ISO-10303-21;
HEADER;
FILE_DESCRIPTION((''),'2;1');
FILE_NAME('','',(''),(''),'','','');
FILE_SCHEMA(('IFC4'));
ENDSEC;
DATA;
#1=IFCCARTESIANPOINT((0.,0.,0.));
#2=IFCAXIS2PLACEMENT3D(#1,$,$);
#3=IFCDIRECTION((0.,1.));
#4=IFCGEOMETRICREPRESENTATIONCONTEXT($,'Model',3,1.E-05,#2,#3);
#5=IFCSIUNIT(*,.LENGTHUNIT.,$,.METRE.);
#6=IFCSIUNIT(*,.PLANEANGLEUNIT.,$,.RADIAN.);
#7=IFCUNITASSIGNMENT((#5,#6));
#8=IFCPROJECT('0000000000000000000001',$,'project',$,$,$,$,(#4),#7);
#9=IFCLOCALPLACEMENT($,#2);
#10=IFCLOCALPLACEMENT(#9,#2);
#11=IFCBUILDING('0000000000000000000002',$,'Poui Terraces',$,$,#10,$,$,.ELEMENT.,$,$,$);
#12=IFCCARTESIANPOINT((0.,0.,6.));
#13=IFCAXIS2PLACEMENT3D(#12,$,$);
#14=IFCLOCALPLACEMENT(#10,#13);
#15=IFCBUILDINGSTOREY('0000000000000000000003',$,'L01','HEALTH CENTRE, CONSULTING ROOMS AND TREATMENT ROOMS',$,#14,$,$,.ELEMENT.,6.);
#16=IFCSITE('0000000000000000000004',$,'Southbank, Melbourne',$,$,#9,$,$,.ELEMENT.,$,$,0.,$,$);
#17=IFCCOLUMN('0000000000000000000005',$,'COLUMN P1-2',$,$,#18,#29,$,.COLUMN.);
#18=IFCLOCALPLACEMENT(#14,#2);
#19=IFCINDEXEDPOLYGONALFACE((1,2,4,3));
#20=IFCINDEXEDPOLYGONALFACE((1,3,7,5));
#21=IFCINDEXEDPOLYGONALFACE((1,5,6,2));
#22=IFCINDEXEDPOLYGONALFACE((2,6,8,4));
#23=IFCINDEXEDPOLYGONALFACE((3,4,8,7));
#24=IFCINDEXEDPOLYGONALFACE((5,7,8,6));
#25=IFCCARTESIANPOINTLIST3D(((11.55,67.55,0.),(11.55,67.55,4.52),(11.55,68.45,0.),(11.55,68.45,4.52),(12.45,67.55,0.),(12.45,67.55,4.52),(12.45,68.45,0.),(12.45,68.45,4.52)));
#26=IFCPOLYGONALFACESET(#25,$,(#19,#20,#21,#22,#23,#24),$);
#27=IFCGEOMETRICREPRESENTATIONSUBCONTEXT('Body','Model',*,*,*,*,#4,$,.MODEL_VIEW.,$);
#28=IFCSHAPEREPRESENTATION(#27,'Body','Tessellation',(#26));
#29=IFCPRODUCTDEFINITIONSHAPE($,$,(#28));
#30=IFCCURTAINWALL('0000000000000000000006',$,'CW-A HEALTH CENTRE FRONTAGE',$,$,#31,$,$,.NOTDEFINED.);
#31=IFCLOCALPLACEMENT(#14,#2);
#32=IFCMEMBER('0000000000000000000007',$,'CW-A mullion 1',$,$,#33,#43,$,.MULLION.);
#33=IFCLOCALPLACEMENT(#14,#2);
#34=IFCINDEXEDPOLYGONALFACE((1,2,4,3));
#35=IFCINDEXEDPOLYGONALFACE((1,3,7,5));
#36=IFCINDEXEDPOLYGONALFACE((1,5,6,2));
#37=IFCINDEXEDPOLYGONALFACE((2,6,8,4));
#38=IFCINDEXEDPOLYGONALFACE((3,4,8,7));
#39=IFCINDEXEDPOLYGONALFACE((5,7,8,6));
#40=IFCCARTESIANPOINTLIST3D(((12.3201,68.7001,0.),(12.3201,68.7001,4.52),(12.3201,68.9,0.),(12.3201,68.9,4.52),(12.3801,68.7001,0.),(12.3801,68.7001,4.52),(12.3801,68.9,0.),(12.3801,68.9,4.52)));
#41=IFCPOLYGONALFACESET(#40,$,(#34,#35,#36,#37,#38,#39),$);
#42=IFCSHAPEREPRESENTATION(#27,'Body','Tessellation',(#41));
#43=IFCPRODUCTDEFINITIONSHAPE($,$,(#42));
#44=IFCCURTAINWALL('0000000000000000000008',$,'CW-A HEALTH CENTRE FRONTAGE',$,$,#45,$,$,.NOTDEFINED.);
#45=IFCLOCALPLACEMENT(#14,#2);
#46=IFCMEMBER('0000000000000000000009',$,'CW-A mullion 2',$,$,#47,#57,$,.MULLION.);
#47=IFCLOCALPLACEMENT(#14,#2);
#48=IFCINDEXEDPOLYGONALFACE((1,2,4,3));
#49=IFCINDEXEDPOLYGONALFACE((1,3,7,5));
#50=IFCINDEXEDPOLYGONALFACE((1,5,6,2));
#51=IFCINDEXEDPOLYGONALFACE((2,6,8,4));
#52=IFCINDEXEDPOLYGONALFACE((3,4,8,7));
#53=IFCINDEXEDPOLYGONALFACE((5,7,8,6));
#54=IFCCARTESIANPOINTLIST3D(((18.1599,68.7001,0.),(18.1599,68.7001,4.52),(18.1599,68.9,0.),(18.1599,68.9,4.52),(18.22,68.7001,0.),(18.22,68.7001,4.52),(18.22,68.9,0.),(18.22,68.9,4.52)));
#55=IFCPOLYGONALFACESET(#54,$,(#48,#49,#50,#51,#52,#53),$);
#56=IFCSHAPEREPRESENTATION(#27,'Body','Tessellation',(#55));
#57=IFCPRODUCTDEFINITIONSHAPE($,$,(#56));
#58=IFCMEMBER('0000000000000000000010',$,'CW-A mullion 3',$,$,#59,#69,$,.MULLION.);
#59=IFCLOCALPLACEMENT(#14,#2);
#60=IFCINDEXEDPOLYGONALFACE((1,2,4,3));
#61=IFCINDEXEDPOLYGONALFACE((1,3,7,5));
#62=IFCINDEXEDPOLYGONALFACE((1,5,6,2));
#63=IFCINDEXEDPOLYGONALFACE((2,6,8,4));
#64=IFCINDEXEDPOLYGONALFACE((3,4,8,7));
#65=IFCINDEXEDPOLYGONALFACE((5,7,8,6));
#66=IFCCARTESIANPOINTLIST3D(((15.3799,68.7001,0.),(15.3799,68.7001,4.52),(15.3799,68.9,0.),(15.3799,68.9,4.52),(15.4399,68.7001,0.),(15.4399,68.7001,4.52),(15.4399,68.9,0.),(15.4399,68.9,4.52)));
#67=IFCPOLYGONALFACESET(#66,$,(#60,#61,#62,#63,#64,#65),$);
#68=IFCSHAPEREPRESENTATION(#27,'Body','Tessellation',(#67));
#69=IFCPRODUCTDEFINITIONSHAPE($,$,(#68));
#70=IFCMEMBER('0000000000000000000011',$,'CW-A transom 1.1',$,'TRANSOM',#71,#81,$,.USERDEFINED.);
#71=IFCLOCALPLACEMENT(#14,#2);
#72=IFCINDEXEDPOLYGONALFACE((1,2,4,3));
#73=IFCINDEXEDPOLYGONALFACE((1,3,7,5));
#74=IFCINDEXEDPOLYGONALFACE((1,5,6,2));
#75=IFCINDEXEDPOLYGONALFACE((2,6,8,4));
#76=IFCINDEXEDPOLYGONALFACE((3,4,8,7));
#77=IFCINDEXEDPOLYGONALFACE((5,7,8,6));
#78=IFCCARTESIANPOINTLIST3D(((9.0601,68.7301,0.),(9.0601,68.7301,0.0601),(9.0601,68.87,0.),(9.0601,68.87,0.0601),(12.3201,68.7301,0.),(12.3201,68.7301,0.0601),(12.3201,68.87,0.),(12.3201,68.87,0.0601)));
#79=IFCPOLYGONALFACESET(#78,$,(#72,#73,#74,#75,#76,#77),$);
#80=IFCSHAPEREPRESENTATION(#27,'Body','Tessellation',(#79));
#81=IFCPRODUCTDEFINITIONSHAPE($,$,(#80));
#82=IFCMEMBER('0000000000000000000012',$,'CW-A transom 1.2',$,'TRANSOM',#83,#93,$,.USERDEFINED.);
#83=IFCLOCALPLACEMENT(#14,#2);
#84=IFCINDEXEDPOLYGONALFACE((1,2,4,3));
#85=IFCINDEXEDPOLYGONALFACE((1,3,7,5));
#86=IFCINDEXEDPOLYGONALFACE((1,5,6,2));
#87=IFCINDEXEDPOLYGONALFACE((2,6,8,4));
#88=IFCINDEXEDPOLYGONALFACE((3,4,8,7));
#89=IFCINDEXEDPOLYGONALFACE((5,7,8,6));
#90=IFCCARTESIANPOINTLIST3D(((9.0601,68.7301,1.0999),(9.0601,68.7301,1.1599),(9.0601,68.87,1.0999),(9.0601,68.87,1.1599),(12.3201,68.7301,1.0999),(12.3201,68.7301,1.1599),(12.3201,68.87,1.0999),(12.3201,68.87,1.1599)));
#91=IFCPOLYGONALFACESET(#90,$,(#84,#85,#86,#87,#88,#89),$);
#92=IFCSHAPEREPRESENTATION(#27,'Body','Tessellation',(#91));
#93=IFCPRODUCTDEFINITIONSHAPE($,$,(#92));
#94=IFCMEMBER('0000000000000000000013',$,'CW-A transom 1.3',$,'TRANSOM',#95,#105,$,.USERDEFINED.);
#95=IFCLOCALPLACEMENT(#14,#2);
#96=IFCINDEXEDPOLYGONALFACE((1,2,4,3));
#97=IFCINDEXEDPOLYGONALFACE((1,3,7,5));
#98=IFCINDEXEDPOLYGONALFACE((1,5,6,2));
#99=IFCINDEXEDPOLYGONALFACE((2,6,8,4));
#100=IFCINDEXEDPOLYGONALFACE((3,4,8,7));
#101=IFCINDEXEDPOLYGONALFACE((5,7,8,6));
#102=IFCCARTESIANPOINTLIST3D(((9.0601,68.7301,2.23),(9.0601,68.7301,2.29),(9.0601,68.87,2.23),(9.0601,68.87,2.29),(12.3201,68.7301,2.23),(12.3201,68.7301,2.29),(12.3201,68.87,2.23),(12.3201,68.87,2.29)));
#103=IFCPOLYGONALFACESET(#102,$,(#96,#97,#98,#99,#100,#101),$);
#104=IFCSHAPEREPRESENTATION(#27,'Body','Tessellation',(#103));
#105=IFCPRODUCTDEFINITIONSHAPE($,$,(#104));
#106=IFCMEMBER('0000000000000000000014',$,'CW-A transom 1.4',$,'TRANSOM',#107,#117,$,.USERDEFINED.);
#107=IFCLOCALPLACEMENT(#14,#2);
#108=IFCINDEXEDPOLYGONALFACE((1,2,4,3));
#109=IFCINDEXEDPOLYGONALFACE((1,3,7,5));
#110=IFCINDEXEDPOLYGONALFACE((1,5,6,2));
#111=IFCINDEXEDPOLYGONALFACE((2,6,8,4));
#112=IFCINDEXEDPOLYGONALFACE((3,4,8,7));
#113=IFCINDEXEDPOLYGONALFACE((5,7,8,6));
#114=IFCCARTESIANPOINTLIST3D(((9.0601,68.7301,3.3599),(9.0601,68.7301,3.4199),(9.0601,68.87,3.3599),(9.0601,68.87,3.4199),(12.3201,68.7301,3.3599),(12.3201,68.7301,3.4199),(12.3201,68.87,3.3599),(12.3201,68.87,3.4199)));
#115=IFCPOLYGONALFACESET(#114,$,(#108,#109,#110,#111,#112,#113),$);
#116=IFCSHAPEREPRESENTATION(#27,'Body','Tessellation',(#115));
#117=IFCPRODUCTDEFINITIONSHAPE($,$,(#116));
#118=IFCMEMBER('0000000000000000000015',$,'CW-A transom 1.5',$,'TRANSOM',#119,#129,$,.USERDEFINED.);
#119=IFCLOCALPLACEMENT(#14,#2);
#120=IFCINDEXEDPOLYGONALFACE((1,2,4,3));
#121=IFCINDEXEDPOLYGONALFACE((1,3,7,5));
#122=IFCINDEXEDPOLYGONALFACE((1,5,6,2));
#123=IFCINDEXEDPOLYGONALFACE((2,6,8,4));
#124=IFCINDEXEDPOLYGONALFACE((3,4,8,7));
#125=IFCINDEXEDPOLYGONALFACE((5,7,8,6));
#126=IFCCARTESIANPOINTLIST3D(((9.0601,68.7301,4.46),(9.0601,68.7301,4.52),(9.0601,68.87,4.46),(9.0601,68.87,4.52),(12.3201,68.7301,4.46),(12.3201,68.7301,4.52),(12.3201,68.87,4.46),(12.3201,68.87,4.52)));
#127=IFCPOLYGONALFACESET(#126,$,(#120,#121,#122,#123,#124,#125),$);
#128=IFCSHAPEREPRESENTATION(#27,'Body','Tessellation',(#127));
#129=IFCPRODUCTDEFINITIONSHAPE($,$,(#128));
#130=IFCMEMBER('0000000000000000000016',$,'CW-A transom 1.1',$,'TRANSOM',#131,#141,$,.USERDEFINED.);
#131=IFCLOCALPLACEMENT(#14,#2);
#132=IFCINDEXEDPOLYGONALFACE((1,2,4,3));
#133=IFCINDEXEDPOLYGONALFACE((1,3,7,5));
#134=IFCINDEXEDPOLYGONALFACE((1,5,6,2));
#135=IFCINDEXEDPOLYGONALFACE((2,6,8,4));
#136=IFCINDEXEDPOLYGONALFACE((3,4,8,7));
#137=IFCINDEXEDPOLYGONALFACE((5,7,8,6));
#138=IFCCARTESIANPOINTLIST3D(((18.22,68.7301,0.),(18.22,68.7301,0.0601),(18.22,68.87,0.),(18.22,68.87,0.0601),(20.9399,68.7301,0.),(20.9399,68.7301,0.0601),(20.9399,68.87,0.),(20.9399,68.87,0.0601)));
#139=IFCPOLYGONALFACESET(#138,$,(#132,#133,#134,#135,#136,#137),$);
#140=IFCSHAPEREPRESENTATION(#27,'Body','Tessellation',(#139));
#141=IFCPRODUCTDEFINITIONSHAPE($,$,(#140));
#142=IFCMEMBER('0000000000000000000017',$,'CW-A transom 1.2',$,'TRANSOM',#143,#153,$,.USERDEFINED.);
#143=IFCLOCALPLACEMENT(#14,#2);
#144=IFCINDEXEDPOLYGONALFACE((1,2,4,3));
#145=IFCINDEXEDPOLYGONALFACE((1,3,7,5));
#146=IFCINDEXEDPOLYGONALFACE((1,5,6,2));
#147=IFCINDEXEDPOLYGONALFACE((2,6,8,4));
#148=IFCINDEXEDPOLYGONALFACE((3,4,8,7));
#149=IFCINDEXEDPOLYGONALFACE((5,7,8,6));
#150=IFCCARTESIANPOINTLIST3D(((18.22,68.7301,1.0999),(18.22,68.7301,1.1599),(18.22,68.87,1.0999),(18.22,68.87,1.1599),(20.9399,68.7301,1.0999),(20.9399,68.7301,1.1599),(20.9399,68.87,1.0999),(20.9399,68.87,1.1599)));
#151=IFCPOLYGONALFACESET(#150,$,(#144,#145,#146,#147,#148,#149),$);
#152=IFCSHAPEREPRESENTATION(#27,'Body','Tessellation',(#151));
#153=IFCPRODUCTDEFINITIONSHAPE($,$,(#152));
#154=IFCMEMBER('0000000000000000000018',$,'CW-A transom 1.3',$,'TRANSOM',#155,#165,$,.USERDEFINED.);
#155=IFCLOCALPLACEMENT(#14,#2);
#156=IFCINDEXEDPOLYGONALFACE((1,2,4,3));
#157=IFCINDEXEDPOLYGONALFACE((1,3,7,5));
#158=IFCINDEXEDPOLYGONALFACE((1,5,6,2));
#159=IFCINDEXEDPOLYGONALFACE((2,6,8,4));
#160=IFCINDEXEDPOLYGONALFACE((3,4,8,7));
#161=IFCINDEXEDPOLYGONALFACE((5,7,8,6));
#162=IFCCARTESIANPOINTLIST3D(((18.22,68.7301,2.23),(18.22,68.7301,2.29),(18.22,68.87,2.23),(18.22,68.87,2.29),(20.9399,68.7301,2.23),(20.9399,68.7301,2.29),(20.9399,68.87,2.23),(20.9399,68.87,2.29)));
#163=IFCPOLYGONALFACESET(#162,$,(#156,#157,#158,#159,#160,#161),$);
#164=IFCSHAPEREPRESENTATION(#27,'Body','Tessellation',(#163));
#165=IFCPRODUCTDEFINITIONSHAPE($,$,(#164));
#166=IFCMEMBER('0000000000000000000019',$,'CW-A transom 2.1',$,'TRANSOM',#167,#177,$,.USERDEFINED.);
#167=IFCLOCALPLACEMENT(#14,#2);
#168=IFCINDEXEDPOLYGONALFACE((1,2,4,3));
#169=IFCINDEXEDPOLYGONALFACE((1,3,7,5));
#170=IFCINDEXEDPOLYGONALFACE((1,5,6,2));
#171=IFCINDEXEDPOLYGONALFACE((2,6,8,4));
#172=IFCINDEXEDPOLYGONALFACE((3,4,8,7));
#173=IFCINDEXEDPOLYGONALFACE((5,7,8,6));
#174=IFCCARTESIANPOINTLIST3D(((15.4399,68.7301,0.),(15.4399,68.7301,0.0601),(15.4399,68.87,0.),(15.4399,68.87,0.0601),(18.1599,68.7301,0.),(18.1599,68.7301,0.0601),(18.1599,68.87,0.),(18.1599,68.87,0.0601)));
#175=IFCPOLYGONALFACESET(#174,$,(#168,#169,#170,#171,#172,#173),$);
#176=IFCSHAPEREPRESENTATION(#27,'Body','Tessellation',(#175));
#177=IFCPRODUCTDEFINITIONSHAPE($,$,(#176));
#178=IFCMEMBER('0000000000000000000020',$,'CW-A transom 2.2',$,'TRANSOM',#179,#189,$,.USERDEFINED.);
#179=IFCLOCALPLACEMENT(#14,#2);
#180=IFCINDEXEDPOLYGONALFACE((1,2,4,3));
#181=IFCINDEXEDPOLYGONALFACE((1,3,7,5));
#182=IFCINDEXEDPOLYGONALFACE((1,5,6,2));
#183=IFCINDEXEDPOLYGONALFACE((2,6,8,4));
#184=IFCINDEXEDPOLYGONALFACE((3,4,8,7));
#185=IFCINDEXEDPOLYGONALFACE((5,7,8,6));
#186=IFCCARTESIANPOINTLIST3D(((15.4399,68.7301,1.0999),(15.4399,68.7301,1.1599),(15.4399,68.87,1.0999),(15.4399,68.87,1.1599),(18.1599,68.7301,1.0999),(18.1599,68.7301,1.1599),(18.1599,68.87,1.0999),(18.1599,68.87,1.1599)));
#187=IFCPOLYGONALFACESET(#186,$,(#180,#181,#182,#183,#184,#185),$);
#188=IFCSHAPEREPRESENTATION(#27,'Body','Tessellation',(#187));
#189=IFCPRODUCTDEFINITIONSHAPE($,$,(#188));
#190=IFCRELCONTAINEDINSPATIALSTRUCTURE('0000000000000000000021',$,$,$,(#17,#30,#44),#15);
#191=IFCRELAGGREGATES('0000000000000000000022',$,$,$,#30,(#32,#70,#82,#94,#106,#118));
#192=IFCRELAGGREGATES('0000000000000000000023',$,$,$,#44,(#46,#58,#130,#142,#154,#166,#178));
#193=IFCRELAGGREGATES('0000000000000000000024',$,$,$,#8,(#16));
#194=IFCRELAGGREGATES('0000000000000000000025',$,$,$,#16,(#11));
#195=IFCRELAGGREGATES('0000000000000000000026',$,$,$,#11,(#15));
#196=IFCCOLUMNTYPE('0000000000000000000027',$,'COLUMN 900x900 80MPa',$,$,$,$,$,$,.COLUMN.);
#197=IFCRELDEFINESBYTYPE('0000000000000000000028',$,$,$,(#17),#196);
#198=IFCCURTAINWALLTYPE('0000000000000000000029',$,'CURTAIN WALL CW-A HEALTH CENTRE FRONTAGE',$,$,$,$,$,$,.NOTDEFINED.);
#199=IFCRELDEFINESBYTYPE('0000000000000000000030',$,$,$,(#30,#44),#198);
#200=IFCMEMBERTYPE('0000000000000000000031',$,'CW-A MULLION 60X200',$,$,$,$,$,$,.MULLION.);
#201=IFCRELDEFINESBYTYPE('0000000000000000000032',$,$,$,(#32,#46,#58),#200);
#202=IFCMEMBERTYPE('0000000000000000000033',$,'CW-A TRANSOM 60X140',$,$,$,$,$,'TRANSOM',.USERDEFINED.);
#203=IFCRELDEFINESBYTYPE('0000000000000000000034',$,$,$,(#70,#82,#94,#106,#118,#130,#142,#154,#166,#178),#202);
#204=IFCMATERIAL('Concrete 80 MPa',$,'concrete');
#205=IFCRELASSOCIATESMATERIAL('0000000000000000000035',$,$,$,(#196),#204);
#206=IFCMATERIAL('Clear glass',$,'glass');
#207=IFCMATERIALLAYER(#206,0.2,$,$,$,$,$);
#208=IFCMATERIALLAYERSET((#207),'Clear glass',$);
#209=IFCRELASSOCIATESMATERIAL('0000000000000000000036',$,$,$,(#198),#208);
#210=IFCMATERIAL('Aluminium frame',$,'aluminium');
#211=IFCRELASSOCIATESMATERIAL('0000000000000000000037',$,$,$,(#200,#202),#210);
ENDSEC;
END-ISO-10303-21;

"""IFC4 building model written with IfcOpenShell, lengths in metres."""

from ifc_helpers import new_model, si_unit, direction, frame, origin, origin_2d, place, context, subcontext, project, spatial, rectangle, extrude, source, transform, mapped, material, layer, layer_set, material_profile, profile_set, type_object, element, aggregate, save


model = new_model("IFC4")

# Units and contexts
model_context = context("Model", 3, precision=1e-05, world=origin(), true_north=direction((0.0, 1.0)))
body_context = subcontext(model_context, "Body", "Model", "MODEL_VIEW")
ifc_project = project(units=[si_unit("LENGTHUNIT", "METRE"), si_unit("PLANEANGLEUNIT", "RADIAN")], contexts=[model_context])

# Site, building, storey
site_placement = place(None, origin())
site = spatial("IfcSite", under=ifc_project, at=site_placement, Name="Southbank, Melbourne", CompositionType="ELEMENT", RefElevation=0.0)
building_placement = place(site_placement, origin())
building = spatial("IfcBuilding", under=site, at=building_placement, Name="Poui Terraces", CompositionType="ELEMENT")
storey_placement = place(building_placement, frame((0.0, 0.0, 6.0)))
storey = spatial("IfcBuildingStorey", under=building, at=storey_placement, Name="L01", Description="HEALTH CENTRE, CONSULTING ROOMS AND TREATMENT ROOMS", CompositionType="ELEMENT", Elevation=6.0)

# Column
ifc_material_1 = material(Name="Concrete 80 MPa", Category="concrete")
ifc_material_profile_1 = material_profile(ifc_material_1, rectangle(XDim=0.8999, YDim=0.8999, at=origin_2d()), Name="RC 900x900")
ifc_profile_set_1 = profile_set([ifc_material_profile_1], Name="Concrete 80 MPa")
column_type = type_object("IfcColumnType", Name="COLUMN 900x900 80MPa", PredefinedType="COLUMN", material=ifc_profile_set_1)
shared_shape_1 = source(origin(), body_context, "Body", "SweptSolid", [
    extrude(rectangle(XDim=0.8999, YDim=0.8999, at=origin_2d()), origin(), (0.0, 0.0, 1.0), 4.52),
])
column_placement = place(storey_placement, frame((12.0, 68.0, 0.0), z_axis=(0.0, 0.0, 1.0), x_axis=(1.0, 0.0, 0.0)))
element("IfcColumn", 1, at=column_placement, inside=storey, type_object=column_type, Name="COLUMN P1-2", PredefinedType="COLUMN", context=body_context, shape_type="MappedRepresentation", body=[
    mapped(shared_shape_1, transform((0.0, 0.0, 0.0))),
])

# Curtain wall, member
ifc_material_2 = material(Name="Clear glass", Category="glass")
ifc_layer_1 = layer(ifc_material_2, 0.2)
ifc_layer_set_1 = layer_set([ifc_layer_1], Name="Clear glass")
curtain_wall_type = type_object("IfcCurtainWallType", Name="CURTAIN WALL CW-A HEALTH CENTRE FRONTAGE", PredefinedType="NOTDEFINED", material=ifc_layer_set_1)
curtain_wall_1_placement = place(storey_placement, origin())
curtain_wall_1 = element("IfcCurtainWall", 2, at=curtain_wall_1_placement, inside=storey, type_object=curtain_wall_type, Name="CW-A HEALTH CENTRE FRONTAGE", PredefinedType="NOTDEFINED")
ifc_material_3 = material(Name="Aluminium frame", Category="aluminium")
ifc_material_profile_2 = material_profile(ifc_material_3, rectangle(XDim=0.2, YDim=0.0601, at=origin_2d()), Name="CW-A MULLION 60X200")
ifc_profile_set_2 = profile_set([ifc_material_profile_2], Name="Aluminium frame")
member_type_1 = type_object("IfcMemberType", Name="CW-A MULLION 60X200", PredefinedType="MULLION", material=ifc_profile_set_2)
member_1_placement = place(storey_placement, frame((12.3501, 68.8, 0.0), z_axis=(0.0, 0.0, 1.0), x_axis=(0.0, -1.0, 0.0)))
member_1 = element("IfcMember", 3, at=member_1_placement, type_object=member_type_1, Name="CW-A mullion 1", PredefinedType="MULLION", context=body_context, shape_type="SweptSolid", body=[
    extrude(rectangle(XDim=0.2, YDim=0.0601, at=origin_2d()), origin(), (0.0, 0.0, 1.0), 4.52),
])

# Curtain wall, members
curtain_wall_2_placement = place(storey_placement, origin())
curtain_wall_2 = element("IfcCurtainWall", 4, at=curtain_wall_2_placement, inside=storey, type_object=curtain_wall_type, Name="CW-A HEALTH CENTRE FRONTAGE", PredefinedType="NOTDEFINED")
member_2_placement = place(storey_placement, frame((18.1899, 68.8, 0.0), z_axis=(0.0, 0.0, 1.0), x_axis=(0.0, -1.0, 0.0)))
member_2 = element("IfcMember", 5, at=member_2_placement, type_object=member_type_1, Name="CW-A mullion 2", PredefinedType="MULLION", context=body_context, shape_type="SweptSolid", body=[
    extrude(rectangle(XDim=0.2, YDim=0.0601, at=origin_2d()), origin(), (0.0, 0.0, 1.0), 4.52),
])
member_3_placement = place(storey_placement, frame((15.4099, 68.8, 0.0), z_axis=(0.0, 0.0, 1.0), x_axis=(0.0, -1.0, 0.0)))
member_3 = element("IfcMember", 6, at=member_3_placement, type_object=member_type_1, Name="CW-A mullion 3", PredefinedType="MULLION", context=body_context, shape_type="SweptSolid", body=[
    extrude(rectangle(XDim=0.2, YDim=0.0601, at=origin_2d()), origin(), (0.0, 0.0, 1.0), 4.52),
])

# Members
ifc_material_profile_3 = material_profile(ifc_material_3, rectangle(XDim=0.1399, YDim=0.0601, at=origin_2d()), Name="CW-A TRANSOM 60X140")
ifc_profile_set_3 = profile_set([ifc_material_profile_3], Name="Aluminium frame")
member_type_2 = type_object("IfcMemberType", Name="CW-A TRANSOM 60X140", ElementType="TRANSOM", PredefinedType="USERDEFINED", material=ifc_profile_set_3)
member_4_placement = place(storey_placement, frame((12.3201, 68.8, 0.03), z_axis=(-1.0, 0.0, 0.0), x_axis=(0.0, -1.0, 0.0)))
member_4 = element("IfcMember", 7, at=member_4_placement, type_object=member_type_2, Name="CW-A transom 1.1", ObjectType="TRANSOM", PredefinedType="USERDEFINED", context=body_context, shape_type="SweptSolid", body=[
    extrude(rectangle(XDim=0.1399, YDim=0.0601, at=origin_2d()), origin(), (0.0, 0.0, 1.0), 3.26),
])
member_5_placement = place(storey_placement, frame((12.3201, 68.8, 1.1299), z_axis=(-1.0, 0.0, 0.0), x_axis=(0.0, -1.0, 0.0)))
member_5 = element("IfcMember", 8, at=member_5_placement, type_object=member_type_2, Name="CW-A transom 1.2", ObjectType="TRANSOM", PredefinedType="USERDEFINED", context=body_context, shape_type="SweptSolid", body=[
    extrude(rectangle(XDim=0.1399, YDim=0.0601, at=origin_2d()), origin(), (0.0, 0.0, 1.0), 3.26),
])
member_6_placement = place(storey_placement, frame((12.3201, 68.8, 2.26), z_axis=(-1.0, 0.0, 0.0), x_axis=(0.0, -1.0, 0.0)))
member_6 = element("IfcMember", 9, at=member_6_placement, type_object=member_type_2, Name="CW-A transom 1.3", ObjectType="TRANSOM", PredefinedType="USERDEFINED", context=body_context, shape_type="SweptSolid", body=[
    extrude(rectangle(XDim=0.1399, YDim=0.0601, at=origin_2d()), origin(), (0.0, 0.0, 1.0), 3.26),
])
member_7_placement = place(storey_placement, frame((12.3201, 68.8, 3.3899), z_axis=(-1.0, 0.0, 0.0), x_axis=(0.0, -1.0, 0.0)))
member_7 = element("IfcMember", 10, at=member_7_placement, type_object=member_type_2, Name="CW-A transom 1.4", ObjectType="TRANSOM", PredefinedType="USERDEFINED", context=body_context, shape_type="SweptSolid", body=[
    extrude(rectangle(XDim=0.1399, YDim=0.0601, at=origin_2d()), origin(), (0.0, 0.0, 1.0), 3.26),
])
member_8_placement = place(storey_placement, frame((12.3201, 68.8, 4.49), z_axis=(-1.0, 0.0, 0.0), x_axis=(0.0, -1.0, 0.0)))
member_8 = element("IfcMember", 11, at=member_8_placement, type_object=member_type_2, Name="CW-A transom 1.5", ObjectType="TRANSOM", PredefinedType="USERDEFINED", context=body_context, shape_type="SweptSolid", body=[
    extrude(rectangle(XDim=0.1399, YDim=0.0601, at=origin_2d()), origin(), (0.0, 0.0, 1.0), 3.26),
])
member_9_placement = place(storey_placement, frame((20.9399, 68.8, 0.03), z_axis=(-1.0, 0.0, 0.0), x_axis=(0.0, -1.0, 0.0)))
member_9 = element("IfcMember", 12, at=member_9_placement, type_object=member_type_2, Name="CW-A transom 1.1", ObjectType="TRANSOM", PredefinedType="USERDEFINED", context=body_context, shape_type="SweptSolid", body=[
    extrude(rectangle(XDim=0.1399, YDim=0.0601, at=origin_2d()), origin(), (0.0, 0.0, 1.0), 2.72),
])
member_10_placement = place(storey_placement, frame((20.9399, 68.8, 1.1299), z_axis=(-1.0, 0.0, 0.0), x_axis=(0.0, -1.0, 0.0)))
member_10 = element("IfcMember", 13, at=member_10_placement, type_object=member_type_2, Name="CW-A transom 1.2", ObjectType="TRANSOM", PredefinedType="USERDEFINED", context=body_context, shape_type="SweptSolid", body=[
    extrude(rectangle(XDim=0.1399, YDim=0.0601, at=origin_2d()), origin(), (0.0, 0.0, 1.0), 2.72),
])
member_11_placement = place(storey_placement, frame((20.9399, 68.8, 2.26), z_axis=(-1.0, 0.0, 0.0), x_axis=(0.0, -1.0, 0.0)))
member_11 = element("IfcMember", 14, at=member_11_placement, type_object=member_type_2, Name="CW-A transom 1.3", ObjectType="TRANSOM", PredefinedType="USERDEFINED", context=body_context, shape_type="SweptSolid", body=[
    extrude(rectangle(XDim=0.1399, YDim=0.0601, at=origin_2d()), origin(), (0.0, 0.0, 1.0), 2.72),
])
member_12_placement = place(storey_placement, frame((18.1599, 68.8, 0.03), z_axis=(-1.0, 0.0, 0.0), x_axis=(0.0, -1.0, 0.0)))
member_12 = element("IfcMember", 15, at=member_12_placement, type_object=member_type_2, Name="CW-A transom 2.1", ObjectType="TRANSOM", PredefinedType="USERDEFINED", context=body_context, shape_type="SweptSolid", body=[
    extrude(rectangle(XDim=0.1399, YDim=0.0601, at=origin_2d()), origin(), (0.0, 0.0, 1.0), 2.72),
])
member_13_placement = place(storey_placement, frame((18.1599, 68.8, 1.1299), z_axis=(-1.0, 0.0, 0.0), x_axis=(0.0, -1.0, 0.0)))
member_13 = element("IfcMember", 16, at=member_13_placement, type_object=member_type_2, Name="CW-A transom 2.2", ObjectType="TRANSOM", PredefinedType="USERDEFINED", context=body_context, shape_type="SweptSolid", body=[
    extrude(rectangle(XDim=0.1399, YDim=0.0601, at=origin_2d()), origin(), (0.0, 0.0, 1.0), 2.72),
])

aggregate(curtain_wall_1, [member_1, member_4, member_5, member_6, member_7, member_8])
aggregate(curtain_wall_2, [member_2, member_3, member_9, member_10, member_11, member_12, member_13])

save(model, "model.ifc")
